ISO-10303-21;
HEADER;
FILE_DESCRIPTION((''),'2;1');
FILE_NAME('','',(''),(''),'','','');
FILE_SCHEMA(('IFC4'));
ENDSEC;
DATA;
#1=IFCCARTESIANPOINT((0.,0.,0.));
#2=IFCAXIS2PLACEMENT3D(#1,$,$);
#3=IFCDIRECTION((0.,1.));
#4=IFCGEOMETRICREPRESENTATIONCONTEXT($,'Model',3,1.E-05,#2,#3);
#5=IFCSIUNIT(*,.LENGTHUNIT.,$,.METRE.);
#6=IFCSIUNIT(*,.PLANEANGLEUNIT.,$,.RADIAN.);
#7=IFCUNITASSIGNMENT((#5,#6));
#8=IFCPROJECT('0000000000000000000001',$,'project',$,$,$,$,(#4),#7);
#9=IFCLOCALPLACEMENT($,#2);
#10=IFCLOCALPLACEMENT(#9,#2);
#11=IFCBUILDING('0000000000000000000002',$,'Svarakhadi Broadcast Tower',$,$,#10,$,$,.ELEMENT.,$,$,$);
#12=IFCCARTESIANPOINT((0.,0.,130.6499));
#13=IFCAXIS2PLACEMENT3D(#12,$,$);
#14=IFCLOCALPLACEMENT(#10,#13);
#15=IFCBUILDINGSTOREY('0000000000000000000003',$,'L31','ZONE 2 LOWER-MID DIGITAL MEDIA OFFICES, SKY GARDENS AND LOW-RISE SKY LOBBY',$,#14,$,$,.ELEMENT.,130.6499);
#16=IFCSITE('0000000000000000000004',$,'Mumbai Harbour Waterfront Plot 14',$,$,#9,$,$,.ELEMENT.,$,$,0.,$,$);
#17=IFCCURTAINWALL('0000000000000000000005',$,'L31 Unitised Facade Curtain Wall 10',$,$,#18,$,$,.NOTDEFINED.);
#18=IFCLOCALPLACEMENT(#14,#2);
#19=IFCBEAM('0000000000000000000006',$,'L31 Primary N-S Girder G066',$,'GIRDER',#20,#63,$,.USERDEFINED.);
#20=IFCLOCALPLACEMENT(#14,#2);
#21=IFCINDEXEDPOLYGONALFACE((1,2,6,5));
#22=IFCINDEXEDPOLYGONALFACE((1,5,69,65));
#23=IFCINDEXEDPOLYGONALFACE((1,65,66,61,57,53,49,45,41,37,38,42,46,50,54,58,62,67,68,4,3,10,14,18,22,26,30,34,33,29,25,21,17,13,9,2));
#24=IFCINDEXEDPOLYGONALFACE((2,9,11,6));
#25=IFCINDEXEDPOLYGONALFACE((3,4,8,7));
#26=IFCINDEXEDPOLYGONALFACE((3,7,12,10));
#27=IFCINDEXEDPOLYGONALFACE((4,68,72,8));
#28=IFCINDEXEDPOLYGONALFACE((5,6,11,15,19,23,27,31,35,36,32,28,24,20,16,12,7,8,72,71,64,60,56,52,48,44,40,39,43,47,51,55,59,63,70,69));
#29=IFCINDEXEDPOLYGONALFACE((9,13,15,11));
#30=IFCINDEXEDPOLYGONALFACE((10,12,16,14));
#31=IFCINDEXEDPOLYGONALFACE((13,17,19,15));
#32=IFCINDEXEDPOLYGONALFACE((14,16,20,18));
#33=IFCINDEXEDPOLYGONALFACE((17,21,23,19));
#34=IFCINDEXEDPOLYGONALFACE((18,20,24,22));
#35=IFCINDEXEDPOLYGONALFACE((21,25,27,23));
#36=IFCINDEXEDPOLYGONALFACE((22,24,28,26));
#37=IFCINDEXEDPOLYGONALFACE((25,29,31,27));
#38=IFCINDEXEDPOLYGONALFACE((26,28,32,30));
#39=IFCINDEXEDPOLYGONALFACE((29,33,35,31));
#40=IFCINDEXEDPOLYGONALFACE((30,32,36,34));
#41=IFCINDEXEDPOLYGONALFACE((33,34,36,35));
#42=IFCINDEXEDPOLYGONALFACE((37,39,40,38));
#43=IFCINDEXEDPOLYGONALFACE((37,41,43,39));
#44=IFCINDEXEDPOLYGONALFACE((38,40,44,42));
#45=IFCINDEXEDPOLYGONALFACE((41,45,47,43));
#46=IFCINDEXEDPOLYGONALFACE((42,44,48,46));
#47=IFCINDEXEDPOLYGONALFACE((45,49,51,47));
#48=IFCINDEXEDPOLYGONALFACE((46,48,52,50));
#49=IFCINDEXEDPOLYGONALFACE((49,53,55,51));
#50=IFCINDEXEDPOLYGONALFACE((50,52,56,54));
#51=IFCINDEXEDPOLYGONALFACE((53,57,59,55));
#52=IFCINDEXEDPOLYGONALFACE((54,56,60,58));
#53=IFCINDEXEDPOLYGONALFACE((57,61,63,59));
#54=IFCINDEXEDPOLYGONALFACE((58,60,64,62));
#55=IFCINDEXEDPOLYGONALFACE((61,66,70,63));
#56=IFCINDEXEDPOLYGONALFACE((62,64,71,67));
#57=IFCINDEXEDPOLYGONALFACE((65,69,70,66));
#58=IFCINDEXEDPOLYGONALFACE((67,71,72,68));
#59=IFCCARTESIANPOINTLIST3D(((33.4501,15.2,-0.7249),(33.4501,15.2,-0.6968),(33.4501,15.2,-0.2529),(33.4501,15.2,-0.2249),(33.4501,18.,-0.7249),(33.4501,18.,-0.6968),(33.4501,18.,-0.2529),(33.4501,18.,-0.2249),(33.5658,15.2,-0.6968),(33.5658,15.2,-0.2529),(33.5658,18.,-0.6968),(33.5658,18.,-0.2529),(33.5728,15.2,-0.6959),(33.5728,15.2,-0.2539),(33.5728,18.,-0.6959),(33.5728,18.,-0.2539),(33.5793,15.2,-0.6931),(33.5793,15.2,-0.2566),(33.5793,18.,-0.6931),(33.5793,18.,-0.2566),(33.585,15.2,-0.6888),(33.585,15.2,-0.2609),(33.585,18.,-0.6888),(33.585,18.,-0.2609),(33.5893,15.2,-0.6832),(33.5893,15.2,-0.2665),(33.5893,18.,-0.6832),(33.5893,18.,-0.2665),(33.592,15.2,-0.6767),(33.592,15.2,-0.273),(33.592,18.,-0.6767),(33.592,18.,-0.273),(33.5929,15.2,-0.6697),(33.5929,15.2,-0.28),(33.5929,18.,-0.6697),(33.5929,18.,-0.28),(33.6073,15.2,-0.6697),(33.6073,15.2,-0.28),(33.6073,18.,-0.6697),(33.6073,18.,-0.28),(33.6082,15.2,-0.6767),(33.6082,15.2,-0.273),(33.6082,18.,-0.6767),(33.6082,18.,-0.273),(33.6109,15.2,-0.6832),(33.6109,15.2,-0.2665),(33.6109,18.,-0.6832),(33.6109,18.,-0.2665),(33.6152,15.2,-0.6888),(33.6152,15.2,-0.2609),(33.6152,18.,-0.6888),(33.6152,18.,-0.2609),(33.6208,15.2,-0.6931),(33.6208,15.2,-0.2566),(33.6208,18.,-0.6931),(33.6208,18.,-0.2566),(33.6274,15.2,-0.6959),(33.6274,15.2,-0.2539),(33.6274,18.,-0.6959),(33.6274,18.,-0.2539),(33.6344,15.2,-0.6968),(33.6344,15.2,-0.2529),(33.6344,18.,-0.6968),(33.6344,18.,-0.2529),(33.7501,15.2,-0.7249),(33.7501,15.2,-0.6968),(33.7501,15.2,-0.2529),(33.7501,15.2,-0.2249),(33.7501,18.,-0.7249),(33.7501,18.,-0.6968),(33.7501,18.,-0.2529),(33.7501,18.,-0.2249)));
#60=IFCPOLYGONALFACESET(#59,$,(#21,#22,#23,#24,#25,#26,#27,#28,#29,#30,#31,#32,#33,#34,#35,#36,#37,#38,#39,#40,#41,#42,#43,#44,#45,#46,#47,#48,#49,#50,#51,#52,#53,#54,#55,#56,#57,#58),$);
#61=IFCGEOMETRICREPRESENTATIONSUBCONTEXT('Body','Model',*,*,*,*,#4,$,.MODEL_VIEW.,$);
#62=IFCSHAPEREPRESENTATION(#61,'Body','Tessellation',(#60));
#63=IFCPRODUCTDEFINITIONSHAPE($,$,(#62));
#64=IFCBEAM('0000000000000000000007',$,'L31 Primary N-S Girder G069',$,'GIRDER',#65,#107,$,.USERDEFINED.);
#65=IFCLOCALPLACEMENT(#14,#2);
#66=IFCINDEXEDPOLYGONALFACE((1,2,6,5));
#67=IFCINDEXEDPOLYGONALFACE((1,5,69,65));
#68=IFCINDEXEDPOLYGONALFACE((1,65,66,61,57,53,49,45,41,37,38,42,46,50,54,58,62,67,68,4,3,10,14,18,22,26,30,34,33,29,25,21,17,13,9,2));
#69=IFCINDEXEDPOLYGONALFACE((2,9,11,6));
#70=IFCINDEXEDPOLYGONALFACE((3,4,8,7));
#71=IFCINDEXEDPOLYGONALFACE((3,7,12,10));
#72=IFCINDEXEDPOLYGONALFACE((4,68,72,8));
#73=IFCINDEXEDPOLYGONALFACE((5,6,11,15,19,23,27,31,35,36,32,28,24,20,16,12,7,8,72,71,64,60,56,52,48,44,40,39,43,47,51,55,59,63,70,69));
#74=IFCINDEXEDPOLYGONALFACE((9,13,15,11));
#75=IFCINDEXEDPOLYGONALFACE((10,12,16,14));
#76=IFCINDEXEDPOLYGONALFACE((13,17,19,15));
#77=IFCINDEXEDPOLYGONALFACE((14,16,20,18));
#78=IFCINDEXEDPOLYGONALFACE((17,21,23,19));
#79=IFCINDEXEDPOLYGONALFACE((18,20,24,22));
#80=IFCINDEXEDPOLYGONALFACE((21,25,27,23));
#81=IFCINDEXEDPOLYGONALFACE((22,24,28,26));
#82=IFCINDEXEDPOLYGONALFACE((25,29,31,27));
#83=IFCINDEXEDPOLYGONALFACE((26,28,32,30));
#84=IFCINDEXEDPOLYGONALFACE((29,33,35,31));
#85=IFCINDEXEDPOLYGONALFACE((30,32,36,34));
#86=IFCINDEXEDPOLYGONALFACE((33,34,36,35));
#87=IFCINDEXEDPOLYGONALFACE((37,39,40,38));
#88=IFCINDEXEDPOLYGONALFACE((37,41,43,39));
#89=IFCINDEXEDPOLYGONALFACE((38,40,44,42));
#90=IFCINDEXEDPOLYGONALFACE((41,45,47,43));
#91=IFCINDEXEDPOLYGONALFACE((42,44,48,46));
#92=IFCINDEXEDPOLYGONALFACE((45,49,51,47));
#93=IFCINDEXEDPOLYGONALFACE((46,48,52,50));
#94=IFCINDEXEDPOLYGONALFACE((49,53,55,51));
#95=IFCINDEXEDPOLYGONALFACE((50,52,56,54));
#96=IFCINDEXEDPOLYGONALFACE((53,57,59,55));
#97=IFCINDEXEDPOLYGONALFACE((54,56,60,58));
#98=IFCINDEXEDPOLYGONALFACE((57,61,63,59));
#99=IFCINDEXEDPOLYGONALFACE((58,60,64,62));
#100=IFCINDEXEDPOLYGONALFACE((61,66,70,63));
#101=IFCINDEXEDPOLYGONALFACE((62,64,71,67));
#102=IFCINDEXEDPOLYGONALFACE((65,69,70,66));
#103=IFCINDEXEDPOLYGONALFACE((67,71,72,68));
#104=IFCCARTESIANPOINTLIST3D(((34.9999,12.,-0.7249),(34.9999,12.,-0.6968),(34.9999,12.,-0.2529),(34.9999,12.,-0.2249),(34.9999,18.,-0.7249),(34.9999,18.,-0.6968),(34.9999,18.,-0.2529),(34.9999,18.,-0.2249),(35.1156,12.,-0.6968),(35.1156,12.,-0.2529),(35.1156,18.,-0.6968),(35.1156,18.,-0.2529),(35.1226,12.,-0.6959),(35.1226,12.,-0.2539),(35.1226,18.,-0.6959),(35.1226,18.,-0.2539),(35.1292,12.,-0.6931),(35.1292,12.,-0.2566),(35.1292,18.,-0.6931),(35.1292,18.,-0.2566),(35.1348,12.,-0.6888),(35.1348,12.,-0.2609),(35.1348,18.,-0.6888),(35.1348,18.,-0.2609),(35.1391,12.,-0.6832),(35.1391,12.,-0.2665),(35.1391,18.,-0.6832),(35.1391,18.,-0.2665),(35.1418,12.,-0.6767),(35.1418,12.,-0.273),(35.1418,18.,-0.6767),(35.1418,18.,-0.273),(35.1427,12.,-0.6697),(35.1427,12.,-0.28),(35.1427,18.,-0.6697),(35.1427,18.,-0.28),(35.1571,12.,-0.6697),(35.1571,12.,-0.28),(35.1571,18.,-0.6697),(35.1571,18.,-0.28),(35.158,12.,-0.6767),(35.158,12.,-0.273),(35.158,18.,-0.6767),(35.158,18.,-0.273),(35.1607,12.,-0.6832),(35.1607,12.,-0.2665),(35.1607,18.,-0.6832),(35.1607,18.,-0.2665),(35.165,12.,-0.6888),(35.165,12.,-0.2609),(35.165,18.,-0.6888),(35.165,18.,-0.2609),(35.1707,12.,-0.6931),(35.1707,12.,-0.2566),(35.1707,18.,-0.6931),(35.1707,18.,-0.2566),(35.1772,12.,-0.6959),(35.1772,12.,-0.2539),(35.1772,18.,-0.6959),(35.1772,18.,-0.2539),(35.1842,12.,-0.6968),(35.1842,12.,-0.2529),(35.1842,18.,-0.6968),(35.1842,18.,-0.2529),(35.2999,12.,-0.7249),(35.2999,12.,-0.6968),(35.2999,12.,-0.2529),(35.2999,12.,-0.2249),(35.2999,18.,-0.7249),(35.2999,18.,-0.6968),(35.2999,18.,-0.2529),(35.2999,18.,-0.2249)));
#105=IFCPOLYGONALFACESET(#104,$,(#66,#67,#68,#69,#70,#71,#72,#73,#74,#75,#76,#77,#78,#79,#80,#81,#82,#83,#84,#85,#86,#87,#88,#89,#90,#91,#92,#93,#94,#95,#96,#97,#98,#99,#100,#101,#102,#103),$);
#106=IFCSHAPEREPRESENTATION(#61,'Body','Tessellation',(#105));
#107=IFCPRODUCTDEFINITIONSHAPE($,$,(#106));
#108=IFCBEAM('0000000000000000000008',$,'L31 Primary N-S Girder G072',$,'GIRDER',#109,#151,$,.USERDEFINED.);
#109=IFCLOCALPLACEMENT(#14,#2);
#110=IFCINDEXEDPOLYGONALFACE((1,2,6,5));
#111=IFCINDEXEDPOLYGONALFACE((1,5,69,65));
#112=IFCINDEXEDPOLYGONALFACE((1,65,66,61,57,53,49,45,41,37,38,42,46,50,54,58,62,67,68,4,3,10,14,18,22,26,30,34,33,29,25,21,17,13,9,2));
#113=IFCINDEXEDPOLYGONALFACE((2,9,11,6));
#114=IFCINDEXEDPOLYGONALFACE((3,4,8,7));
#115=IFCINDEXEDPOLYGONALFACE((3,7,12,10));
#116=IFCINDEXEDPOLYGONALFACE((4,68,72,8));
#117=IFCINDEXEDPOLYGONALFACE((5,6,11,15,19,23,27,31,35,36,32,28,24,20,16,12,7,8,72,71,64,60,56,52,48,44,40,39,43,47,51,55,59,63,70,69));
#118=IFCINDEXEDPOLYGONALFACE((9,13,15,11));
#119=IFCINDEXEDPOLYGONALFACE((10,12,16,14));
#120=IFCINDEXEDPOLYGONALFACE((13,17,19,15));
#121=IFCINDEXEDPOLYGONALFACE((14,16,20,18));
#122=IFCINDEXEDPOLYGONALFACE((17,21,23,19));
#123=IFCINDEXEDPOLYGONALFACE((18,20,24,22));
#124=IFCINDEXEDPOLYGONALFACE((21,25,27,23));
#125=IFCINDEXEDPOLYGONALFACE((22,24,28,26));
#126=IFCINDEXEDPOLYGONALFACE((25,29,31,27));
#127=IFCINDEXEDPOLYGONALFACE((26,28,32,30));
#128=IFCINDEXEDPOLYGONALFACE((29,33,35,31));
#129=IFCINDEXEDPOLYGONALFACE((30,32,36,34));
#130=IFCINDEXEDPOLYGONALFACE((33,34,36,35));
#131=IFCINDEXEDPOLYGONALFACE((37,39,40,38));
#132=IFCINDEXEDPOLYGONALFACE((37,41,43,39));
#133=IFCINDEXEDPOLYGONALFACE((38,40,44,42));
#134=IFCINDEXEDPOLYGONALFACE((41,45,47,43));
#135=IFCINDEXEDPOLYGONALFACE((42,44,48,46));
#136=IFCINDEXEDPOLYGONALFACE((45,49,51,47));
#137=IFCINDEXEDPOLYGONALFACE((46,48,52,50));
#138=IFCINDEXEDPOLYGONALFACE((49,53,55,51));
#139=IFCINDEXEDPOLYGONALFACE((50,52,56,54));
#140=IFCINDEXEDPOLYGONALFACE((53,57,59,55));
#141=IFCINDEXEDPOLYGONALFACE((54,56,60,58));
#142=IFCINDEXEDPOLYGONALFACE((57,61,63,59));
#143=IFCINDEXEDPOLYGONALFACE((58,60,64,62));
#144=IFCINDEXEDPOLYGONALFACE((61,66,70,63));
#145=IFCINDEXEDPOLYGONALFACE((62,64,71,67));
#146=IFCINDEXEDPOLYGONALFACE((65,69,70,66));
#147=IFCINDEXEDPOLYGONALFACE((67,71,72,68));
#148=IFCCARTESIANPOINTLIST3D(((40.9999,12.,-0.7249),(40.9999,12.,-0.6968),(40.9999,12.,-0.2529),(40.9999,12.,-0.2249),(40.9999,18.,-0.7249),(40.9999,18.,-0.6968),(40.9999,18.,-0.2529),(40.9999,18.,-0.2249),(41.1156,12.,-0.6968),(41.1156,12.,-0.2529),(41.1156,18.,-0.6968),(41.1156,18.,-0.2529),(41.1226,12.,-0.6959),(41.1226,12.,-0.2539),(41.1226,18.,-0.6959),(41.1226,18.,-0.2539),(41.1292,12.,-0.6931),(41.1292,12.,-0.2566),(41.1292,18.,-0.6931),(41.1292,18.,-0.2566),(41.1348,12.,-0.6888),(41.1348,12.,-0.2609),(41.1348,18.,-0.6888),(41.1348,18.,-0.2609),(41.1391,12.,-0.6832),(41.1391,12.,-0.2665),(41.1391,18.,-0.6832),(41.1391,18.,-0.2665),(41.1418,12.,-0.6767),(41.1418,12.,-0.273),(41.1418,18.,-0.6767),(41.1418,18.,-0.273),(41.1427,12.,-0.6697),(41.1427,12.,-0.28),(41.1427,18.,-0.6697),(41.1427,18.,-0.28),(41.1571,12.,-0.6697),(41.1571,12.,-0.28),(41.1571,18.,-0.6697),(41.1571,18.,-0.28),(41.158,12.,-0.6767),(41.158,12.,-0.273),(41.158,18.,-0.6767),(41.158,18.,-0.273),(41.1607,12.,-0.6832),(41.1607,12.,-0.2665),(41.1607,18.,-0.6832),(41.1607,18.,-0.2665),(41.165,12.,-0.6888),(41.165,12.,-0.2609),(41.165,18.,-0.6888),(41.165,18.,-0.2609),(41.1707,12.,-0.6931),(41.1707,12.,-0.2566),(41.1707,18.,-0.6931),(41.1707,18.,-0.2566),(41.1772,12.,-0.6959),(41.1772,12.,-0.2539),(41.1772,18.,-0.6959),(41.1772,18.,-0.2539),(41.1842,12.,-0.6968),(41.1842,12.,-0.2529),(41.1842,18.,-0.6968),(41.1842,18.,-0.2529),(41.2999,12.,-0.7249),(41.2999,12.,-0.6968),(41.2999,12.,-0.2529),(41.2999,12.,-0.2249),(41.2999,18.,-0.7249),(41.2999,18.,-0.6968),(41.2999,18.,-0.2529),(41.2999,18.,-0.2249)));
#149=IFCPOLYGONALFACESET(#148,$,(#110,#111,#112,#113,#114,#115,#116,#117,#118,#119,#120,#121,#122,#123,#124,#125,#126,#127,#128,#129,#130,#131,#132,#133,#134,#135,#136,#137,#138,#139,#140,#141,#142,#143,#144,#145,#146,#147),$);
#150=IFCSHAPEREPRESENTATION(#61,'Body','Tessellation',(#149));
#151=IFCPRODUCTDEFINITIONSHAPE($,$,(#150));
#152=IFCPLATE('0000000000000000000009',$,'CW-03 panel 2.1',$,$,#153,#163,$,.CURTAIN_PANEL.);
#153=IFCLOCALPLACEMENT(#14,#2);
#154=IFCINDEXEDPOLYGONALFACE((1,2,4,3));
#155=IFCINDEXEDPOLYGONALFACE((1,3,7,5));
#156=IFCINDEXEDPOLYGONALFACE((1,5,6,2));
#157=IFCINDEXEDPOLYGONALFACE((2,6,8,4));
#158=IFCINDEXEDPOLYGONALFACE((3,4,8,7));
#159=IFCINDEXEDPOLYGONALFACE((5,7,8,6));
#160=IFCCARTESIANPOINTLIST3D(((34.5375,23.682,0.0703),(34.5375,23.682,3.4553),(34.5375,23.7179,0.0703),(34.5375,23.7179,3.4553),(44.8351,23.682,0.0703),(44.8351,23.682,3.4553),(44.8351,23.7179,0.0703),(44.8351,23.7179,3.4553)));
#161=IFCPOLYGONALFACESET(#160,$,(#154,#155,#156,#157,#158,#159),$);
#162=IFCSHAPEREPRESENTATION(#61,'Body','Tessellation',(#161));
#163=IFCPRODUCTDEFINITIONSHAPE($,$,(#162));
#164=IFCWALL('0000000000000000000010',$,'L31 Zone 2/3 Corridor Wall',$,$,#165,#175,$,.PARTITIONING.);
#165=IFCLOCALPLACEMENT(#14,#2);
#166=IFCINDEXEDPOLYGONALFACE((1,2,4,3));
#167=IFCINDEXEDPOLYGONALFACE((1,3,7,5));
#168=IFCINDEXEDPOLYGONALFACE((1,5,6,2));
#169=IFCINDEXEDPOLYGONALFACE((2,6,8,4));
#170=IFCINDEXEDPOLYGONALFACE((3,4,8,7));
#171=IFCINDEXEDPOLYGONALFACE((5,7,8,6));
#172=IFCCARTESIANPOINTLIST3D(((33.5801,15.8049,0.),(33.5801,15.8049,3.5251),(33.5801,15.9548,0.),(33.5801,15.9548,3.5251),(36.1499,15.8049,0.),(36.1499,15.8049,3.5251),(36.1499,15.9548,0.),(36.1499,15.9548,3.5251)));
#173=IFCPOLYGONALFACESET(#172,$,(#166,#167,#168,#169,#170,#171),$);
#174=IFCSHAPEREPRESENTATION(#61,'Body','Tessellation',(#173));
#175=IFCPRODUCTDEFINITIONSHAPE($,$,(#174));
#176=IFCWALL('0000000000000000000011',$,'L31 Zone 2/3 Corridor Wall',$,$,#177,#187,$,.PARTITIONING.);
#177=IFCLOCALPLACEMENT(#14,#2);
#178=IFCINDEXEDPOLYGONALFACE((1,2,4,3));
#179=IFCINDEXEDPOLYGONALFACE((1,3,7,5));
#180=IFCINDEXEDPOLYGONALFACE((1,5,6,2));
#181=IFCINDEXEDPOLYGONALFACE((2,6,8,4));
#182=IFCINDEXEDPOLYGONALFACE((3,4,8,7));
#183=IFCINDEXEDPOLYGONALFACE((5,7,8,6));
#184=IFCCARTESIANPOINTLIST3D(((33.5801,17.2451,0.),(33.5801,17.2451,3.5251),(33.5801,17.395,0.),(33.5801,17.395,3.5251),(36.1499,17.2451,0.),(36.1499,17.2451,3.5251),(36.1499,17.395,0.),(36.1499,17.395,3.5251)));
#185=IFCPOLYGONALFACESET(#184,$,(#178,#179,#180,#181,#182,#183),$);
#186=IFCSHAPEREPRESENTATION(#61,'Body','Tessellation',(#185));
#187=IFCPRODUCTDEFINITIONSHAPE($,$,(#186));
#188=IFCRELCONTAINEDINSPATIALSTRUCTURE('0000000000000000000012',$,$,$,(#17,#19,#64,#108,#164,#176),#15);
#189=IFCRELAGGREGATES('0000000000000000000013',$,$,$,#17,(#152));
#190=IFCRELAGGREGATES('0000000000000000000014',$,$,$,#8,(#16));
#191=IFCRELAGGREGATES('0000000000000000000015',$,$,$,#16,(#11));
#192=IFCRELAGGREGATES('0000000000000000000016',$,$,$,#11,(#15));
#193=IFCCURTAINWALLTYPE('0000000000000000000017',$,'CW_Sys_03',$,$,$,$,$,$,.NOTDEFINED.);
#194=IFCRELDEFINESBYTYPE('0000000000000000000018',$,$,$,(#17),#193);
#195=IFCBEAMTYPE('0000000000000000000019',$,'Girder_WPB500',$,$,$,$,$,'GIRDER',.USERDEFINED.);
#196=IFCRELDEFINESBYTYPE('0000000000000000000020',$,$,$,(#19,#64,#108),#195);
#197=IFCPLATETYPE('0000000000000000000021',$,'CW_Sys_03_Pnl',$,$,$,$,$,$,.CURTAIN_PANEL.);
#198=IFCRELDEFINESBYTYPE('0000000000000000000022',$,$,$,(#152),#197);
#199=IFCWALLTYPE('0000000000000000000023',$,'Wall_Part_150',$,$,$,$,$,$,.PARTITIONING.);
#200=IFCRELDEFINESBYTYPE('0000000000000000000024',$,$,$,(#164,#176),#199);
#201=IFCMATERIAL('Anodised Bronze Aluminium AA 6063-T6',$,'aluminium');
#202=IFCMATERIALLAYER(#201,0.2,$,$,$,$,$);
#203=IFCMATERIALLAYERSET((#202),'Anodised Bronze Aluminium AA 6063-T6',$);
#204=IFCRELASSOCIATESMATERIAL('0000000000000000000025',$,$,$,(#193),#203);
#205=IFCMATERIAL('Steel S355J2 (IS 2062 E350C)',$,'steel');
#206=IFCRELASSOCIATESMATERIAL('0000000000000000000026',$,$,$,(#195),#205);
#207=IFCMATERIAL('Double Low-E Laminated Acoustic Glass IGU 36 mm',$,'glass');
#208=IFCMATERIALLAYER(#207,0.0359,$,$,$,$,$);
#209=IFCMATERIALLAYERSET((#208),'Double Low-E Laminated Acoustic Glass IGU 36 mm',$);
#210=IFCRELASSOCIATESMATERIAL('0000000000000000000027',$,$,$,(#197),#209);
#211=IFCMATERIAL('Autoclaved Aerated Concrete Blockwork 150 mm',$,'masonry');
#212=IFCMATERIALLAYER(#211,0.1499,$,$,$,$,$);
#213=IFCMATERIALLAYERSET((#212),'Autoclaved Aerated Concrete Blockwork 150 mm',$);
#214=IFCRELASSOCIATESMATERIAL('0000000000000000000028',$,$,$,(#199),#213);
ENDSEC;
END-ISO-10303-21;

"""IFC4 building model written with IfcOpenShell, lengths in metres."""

from ifc_helpers import new_model, si_unit, direction, frame, frame_2d, origin, origin_2d, place, context, subcontext, project, spatial, rectangle, i_section, extrude, material, layer, layer_set, material_profile, profile_set, type_object, element, aggregate, save


model = new_model("IFC4")

# Units and contexts
model_context = context("Model", 3, precision=1e-05, world=origin(), true_north=direction((0.0, 1.0)))
body_context = subcontext(model_context, "Body", "Model", "MODEL_VIEW")
ifc_project = project(units=[si_unit("LENGTHUNIT", "METRE"), si_unit("PLANEANGLEUNIT", "RADIAN")], contexts=[model_context])

# Site, building, storey
site_placement = place(None, origin())
site = spatial("IfcSite", under=ifc_project, at=site_placement, Name="Mumbai Harbour Waterfront Plot 14", CompositionType="ELEMENT", RefElevation=0.0)
building_placement = place(site_placement, origin())
building = spatial("IfcBuilding", under=site, at=building_placement, Name="Svarakhadi Broadcast Tower", CompositionType="ELEMENT")
storey_placement = place(building_placement, frame((0.0, 0.0, 130.6499)))
storey = spatial("IfcBuildingStorey", under=building, at=storey_placement, Name="L31", Description="ZONE 2 LOWER-MID DIGITAL MEDIA OFFICES, SKY GARDENS AND LOW-RISE SKY LOBBY", CompositionType="ELEMENT", Elevation=130.6499)

# Shared definitions
ifc_material_1 = material(Name="Steel S355J2 (IS 2062 E350C)", Category="steel")

# Curtain wall
ifc_material_2 = material(Name="Anodised Bronze Aluminium AA 6063-T6", Category="aluminium")
ifc_layer_1 = layer(ifc_material_2, 0.2)
ifc_layer_set_1 = layer_set([ifc_layer_1], Name="Anodised Bronze Aluminium AA 6063-T6")
curtain_wall_type = type_object("IfcCurtainWallType", Name="CW_Sys_03", PredefinedType="NOTDEFINED", material=ifc_layer_set_1)
curtain_wall_placement = place(storey_placement, origin())
curtain_wall = element("IfcCurtainWall", 1, at=curtain_wall_placement, inside=storey, type_object=curtain_wall_type, Name="L31 Unitised Facade Curtain Wall 10", PredefinedType="NOTDEFINED")

# Beams
ifc_material_profile_1 = material_profile(ifc_material_1, i_section(OverallWidth=0.3, OverallDepth=0.5, WebThickness=0.0144, FlangeThickness=0.0281, FilletRadius=0.0271, at=origin_2d()), Name="WPB 500x300x187")
ifc_profile_set_1 = profile_set([ifc_material_profile_1], Name="Steel S355J2 (IS 2062 E350C)")
beam_type_1 = type_object("IfcBeamType", Name="Girder_WPB500", ElementType="GIRDER", PredefinedType="USERDEFINED", material=ifc_profile_set_1)
beam_1_placement = place(storey_placement, frame((33.6001, 15.2, -0.4749), z_axis=(0.0, 1.0, 0.0), x_axis=(-1.0, 0.0, 0.0)))
element("IfcBeam", 2, at=beam_1_placement, inside=storey, type_object=beam_type_1, Name="L31 Primary N-S Girder G066", ObjectType="GIRDER", PredefinedType="USERDEFINED", context=body_context, shape_type="SweptSolid", body=[
    extrude(i_section(OverallWidth=0.3, OverallDepth=0.5, WebThickness=0.0144, FlangeThickness=0.0281, FilletRadius=0.0271, at=origin_2d()), origin(), (0.0, 0.0, 1.0), 2.8),
])
for number, where, z_axis, x_axis, name in (
    (3, (35.1499, 12.0, -0.4749), (0.0, 1.0, 0.0), (-1.0, 0.0, 0.0), "L31 Primary N-S Girder G069"),
    (4, (41.1499, 12.0, -0.4749), (0.0, 1.0, 0.0), (-1.0, 0.0, 0.0), "L31 Primary N-S Girder G072"),
):
    element("IfcBeam", number, at=place(storey_placement, frame(where, z_axis=z_axis, x_axis=x_axis)), inside=storey, type_object=beam_type_1, Name=name, ObjectType="GIRDER", PredefinedType="USERDEFINED", context=body_context, shape_type="SweptSolid", body=[
        extrude(i_section(OverallWidth=0.3, OverallDepth=0.5, WebThickness=0.0144, FlangeThickness=0.0281, FilletRadius=0.0271, at=origin_2d()), origin(), (0.0, 0.0, 1.0), 6.0),
    ])

# Plate
ifc_material_3 = material(Name="Double Low-E Laminated Acoustic Glass IGU 36 mm", Category="glass")
ifc_layer_2 = layer(ifc_material_3, 0.0359)
ifc_layer_set_2 = layer_set([ifc_layer_2], Name="Double Low-E Laminated Acoustic Glass IGU 36 mm")
plate_type = type_object("IfcPlateType", Name="CW_Sys_03_Pnl", PredefinedType="CURTAIN_PANEL", material=ifc_layer_set_2)
plate_placement = place(storey_placement, frame((39.6863, 23.7, 0.0703), z_axis=(0.0, 0.0, 1.0), x_axis=(1.0, 0.0, 0.0)))
plate = element("IfcPlate", 5, at=plate_placement, type_object=plate_type, Name="CW-03 panel 2.1", PredefinedType="CURTAIN_PANEL", context=body_context, shape_type="SweptSolid", body=[
    extrude(rectangle(XDim=10.2976, YDim=0.0359, at=origin_2d()), origin(), (0.0, 0.0, 1.0), 3.385),
])
aggregate(curtain_wall, [plate])

# Shared definitions
ifc_material_4 = material(Name="Autoclaved Aerated Concrete Blockwork 150 mm", Category="masonry")
ifc_layer_3 = layer(ifc_material_4, 0.1499)
ifc_layer_set_3 = layer_set([ifc_layer_3], Name="Autoclaved Aerated Concrete Blockwork 150 mm")
wall_type_1 = type_object("IfcWallType", Name="Wall_Part_150", PredefinedType="PARTITIONING", material=ifc_layer_set_3)

# Walls
for number, where, z_axis, x_axis, name in (
    (6, (36.1499, 15.8799, 0.0), (0.0, 0.0, 1.0), (-1.0, 0.0, 0.0), "L31 Zone 2/3 Corridor Wall"),
    (7, (33.5801, 17.3201, 0.0), (0.0, 0.0, 1.0), (1.0, 0.0, 0.0), "L31 Zone 2/3 Corridor Wall"),
):
    element("IfcWall", number, at=place(storey_placement, frame(where, z_axis=z_axis, x_axis=x_axis)), inside=storey, type_object=wall_type_1, Name=name, PredefinedType="PARTITIONING", context=body_context, shape_type="SweptSolid", body=[
        extrude(rectangle(XDim=2.5698, YDim=0.1499, at=frame_2d((1.2849, 0.0))), origin(), (0.0, 0.0, 1.0), 3.5251),
    ])

save(model, "model.ifc")
